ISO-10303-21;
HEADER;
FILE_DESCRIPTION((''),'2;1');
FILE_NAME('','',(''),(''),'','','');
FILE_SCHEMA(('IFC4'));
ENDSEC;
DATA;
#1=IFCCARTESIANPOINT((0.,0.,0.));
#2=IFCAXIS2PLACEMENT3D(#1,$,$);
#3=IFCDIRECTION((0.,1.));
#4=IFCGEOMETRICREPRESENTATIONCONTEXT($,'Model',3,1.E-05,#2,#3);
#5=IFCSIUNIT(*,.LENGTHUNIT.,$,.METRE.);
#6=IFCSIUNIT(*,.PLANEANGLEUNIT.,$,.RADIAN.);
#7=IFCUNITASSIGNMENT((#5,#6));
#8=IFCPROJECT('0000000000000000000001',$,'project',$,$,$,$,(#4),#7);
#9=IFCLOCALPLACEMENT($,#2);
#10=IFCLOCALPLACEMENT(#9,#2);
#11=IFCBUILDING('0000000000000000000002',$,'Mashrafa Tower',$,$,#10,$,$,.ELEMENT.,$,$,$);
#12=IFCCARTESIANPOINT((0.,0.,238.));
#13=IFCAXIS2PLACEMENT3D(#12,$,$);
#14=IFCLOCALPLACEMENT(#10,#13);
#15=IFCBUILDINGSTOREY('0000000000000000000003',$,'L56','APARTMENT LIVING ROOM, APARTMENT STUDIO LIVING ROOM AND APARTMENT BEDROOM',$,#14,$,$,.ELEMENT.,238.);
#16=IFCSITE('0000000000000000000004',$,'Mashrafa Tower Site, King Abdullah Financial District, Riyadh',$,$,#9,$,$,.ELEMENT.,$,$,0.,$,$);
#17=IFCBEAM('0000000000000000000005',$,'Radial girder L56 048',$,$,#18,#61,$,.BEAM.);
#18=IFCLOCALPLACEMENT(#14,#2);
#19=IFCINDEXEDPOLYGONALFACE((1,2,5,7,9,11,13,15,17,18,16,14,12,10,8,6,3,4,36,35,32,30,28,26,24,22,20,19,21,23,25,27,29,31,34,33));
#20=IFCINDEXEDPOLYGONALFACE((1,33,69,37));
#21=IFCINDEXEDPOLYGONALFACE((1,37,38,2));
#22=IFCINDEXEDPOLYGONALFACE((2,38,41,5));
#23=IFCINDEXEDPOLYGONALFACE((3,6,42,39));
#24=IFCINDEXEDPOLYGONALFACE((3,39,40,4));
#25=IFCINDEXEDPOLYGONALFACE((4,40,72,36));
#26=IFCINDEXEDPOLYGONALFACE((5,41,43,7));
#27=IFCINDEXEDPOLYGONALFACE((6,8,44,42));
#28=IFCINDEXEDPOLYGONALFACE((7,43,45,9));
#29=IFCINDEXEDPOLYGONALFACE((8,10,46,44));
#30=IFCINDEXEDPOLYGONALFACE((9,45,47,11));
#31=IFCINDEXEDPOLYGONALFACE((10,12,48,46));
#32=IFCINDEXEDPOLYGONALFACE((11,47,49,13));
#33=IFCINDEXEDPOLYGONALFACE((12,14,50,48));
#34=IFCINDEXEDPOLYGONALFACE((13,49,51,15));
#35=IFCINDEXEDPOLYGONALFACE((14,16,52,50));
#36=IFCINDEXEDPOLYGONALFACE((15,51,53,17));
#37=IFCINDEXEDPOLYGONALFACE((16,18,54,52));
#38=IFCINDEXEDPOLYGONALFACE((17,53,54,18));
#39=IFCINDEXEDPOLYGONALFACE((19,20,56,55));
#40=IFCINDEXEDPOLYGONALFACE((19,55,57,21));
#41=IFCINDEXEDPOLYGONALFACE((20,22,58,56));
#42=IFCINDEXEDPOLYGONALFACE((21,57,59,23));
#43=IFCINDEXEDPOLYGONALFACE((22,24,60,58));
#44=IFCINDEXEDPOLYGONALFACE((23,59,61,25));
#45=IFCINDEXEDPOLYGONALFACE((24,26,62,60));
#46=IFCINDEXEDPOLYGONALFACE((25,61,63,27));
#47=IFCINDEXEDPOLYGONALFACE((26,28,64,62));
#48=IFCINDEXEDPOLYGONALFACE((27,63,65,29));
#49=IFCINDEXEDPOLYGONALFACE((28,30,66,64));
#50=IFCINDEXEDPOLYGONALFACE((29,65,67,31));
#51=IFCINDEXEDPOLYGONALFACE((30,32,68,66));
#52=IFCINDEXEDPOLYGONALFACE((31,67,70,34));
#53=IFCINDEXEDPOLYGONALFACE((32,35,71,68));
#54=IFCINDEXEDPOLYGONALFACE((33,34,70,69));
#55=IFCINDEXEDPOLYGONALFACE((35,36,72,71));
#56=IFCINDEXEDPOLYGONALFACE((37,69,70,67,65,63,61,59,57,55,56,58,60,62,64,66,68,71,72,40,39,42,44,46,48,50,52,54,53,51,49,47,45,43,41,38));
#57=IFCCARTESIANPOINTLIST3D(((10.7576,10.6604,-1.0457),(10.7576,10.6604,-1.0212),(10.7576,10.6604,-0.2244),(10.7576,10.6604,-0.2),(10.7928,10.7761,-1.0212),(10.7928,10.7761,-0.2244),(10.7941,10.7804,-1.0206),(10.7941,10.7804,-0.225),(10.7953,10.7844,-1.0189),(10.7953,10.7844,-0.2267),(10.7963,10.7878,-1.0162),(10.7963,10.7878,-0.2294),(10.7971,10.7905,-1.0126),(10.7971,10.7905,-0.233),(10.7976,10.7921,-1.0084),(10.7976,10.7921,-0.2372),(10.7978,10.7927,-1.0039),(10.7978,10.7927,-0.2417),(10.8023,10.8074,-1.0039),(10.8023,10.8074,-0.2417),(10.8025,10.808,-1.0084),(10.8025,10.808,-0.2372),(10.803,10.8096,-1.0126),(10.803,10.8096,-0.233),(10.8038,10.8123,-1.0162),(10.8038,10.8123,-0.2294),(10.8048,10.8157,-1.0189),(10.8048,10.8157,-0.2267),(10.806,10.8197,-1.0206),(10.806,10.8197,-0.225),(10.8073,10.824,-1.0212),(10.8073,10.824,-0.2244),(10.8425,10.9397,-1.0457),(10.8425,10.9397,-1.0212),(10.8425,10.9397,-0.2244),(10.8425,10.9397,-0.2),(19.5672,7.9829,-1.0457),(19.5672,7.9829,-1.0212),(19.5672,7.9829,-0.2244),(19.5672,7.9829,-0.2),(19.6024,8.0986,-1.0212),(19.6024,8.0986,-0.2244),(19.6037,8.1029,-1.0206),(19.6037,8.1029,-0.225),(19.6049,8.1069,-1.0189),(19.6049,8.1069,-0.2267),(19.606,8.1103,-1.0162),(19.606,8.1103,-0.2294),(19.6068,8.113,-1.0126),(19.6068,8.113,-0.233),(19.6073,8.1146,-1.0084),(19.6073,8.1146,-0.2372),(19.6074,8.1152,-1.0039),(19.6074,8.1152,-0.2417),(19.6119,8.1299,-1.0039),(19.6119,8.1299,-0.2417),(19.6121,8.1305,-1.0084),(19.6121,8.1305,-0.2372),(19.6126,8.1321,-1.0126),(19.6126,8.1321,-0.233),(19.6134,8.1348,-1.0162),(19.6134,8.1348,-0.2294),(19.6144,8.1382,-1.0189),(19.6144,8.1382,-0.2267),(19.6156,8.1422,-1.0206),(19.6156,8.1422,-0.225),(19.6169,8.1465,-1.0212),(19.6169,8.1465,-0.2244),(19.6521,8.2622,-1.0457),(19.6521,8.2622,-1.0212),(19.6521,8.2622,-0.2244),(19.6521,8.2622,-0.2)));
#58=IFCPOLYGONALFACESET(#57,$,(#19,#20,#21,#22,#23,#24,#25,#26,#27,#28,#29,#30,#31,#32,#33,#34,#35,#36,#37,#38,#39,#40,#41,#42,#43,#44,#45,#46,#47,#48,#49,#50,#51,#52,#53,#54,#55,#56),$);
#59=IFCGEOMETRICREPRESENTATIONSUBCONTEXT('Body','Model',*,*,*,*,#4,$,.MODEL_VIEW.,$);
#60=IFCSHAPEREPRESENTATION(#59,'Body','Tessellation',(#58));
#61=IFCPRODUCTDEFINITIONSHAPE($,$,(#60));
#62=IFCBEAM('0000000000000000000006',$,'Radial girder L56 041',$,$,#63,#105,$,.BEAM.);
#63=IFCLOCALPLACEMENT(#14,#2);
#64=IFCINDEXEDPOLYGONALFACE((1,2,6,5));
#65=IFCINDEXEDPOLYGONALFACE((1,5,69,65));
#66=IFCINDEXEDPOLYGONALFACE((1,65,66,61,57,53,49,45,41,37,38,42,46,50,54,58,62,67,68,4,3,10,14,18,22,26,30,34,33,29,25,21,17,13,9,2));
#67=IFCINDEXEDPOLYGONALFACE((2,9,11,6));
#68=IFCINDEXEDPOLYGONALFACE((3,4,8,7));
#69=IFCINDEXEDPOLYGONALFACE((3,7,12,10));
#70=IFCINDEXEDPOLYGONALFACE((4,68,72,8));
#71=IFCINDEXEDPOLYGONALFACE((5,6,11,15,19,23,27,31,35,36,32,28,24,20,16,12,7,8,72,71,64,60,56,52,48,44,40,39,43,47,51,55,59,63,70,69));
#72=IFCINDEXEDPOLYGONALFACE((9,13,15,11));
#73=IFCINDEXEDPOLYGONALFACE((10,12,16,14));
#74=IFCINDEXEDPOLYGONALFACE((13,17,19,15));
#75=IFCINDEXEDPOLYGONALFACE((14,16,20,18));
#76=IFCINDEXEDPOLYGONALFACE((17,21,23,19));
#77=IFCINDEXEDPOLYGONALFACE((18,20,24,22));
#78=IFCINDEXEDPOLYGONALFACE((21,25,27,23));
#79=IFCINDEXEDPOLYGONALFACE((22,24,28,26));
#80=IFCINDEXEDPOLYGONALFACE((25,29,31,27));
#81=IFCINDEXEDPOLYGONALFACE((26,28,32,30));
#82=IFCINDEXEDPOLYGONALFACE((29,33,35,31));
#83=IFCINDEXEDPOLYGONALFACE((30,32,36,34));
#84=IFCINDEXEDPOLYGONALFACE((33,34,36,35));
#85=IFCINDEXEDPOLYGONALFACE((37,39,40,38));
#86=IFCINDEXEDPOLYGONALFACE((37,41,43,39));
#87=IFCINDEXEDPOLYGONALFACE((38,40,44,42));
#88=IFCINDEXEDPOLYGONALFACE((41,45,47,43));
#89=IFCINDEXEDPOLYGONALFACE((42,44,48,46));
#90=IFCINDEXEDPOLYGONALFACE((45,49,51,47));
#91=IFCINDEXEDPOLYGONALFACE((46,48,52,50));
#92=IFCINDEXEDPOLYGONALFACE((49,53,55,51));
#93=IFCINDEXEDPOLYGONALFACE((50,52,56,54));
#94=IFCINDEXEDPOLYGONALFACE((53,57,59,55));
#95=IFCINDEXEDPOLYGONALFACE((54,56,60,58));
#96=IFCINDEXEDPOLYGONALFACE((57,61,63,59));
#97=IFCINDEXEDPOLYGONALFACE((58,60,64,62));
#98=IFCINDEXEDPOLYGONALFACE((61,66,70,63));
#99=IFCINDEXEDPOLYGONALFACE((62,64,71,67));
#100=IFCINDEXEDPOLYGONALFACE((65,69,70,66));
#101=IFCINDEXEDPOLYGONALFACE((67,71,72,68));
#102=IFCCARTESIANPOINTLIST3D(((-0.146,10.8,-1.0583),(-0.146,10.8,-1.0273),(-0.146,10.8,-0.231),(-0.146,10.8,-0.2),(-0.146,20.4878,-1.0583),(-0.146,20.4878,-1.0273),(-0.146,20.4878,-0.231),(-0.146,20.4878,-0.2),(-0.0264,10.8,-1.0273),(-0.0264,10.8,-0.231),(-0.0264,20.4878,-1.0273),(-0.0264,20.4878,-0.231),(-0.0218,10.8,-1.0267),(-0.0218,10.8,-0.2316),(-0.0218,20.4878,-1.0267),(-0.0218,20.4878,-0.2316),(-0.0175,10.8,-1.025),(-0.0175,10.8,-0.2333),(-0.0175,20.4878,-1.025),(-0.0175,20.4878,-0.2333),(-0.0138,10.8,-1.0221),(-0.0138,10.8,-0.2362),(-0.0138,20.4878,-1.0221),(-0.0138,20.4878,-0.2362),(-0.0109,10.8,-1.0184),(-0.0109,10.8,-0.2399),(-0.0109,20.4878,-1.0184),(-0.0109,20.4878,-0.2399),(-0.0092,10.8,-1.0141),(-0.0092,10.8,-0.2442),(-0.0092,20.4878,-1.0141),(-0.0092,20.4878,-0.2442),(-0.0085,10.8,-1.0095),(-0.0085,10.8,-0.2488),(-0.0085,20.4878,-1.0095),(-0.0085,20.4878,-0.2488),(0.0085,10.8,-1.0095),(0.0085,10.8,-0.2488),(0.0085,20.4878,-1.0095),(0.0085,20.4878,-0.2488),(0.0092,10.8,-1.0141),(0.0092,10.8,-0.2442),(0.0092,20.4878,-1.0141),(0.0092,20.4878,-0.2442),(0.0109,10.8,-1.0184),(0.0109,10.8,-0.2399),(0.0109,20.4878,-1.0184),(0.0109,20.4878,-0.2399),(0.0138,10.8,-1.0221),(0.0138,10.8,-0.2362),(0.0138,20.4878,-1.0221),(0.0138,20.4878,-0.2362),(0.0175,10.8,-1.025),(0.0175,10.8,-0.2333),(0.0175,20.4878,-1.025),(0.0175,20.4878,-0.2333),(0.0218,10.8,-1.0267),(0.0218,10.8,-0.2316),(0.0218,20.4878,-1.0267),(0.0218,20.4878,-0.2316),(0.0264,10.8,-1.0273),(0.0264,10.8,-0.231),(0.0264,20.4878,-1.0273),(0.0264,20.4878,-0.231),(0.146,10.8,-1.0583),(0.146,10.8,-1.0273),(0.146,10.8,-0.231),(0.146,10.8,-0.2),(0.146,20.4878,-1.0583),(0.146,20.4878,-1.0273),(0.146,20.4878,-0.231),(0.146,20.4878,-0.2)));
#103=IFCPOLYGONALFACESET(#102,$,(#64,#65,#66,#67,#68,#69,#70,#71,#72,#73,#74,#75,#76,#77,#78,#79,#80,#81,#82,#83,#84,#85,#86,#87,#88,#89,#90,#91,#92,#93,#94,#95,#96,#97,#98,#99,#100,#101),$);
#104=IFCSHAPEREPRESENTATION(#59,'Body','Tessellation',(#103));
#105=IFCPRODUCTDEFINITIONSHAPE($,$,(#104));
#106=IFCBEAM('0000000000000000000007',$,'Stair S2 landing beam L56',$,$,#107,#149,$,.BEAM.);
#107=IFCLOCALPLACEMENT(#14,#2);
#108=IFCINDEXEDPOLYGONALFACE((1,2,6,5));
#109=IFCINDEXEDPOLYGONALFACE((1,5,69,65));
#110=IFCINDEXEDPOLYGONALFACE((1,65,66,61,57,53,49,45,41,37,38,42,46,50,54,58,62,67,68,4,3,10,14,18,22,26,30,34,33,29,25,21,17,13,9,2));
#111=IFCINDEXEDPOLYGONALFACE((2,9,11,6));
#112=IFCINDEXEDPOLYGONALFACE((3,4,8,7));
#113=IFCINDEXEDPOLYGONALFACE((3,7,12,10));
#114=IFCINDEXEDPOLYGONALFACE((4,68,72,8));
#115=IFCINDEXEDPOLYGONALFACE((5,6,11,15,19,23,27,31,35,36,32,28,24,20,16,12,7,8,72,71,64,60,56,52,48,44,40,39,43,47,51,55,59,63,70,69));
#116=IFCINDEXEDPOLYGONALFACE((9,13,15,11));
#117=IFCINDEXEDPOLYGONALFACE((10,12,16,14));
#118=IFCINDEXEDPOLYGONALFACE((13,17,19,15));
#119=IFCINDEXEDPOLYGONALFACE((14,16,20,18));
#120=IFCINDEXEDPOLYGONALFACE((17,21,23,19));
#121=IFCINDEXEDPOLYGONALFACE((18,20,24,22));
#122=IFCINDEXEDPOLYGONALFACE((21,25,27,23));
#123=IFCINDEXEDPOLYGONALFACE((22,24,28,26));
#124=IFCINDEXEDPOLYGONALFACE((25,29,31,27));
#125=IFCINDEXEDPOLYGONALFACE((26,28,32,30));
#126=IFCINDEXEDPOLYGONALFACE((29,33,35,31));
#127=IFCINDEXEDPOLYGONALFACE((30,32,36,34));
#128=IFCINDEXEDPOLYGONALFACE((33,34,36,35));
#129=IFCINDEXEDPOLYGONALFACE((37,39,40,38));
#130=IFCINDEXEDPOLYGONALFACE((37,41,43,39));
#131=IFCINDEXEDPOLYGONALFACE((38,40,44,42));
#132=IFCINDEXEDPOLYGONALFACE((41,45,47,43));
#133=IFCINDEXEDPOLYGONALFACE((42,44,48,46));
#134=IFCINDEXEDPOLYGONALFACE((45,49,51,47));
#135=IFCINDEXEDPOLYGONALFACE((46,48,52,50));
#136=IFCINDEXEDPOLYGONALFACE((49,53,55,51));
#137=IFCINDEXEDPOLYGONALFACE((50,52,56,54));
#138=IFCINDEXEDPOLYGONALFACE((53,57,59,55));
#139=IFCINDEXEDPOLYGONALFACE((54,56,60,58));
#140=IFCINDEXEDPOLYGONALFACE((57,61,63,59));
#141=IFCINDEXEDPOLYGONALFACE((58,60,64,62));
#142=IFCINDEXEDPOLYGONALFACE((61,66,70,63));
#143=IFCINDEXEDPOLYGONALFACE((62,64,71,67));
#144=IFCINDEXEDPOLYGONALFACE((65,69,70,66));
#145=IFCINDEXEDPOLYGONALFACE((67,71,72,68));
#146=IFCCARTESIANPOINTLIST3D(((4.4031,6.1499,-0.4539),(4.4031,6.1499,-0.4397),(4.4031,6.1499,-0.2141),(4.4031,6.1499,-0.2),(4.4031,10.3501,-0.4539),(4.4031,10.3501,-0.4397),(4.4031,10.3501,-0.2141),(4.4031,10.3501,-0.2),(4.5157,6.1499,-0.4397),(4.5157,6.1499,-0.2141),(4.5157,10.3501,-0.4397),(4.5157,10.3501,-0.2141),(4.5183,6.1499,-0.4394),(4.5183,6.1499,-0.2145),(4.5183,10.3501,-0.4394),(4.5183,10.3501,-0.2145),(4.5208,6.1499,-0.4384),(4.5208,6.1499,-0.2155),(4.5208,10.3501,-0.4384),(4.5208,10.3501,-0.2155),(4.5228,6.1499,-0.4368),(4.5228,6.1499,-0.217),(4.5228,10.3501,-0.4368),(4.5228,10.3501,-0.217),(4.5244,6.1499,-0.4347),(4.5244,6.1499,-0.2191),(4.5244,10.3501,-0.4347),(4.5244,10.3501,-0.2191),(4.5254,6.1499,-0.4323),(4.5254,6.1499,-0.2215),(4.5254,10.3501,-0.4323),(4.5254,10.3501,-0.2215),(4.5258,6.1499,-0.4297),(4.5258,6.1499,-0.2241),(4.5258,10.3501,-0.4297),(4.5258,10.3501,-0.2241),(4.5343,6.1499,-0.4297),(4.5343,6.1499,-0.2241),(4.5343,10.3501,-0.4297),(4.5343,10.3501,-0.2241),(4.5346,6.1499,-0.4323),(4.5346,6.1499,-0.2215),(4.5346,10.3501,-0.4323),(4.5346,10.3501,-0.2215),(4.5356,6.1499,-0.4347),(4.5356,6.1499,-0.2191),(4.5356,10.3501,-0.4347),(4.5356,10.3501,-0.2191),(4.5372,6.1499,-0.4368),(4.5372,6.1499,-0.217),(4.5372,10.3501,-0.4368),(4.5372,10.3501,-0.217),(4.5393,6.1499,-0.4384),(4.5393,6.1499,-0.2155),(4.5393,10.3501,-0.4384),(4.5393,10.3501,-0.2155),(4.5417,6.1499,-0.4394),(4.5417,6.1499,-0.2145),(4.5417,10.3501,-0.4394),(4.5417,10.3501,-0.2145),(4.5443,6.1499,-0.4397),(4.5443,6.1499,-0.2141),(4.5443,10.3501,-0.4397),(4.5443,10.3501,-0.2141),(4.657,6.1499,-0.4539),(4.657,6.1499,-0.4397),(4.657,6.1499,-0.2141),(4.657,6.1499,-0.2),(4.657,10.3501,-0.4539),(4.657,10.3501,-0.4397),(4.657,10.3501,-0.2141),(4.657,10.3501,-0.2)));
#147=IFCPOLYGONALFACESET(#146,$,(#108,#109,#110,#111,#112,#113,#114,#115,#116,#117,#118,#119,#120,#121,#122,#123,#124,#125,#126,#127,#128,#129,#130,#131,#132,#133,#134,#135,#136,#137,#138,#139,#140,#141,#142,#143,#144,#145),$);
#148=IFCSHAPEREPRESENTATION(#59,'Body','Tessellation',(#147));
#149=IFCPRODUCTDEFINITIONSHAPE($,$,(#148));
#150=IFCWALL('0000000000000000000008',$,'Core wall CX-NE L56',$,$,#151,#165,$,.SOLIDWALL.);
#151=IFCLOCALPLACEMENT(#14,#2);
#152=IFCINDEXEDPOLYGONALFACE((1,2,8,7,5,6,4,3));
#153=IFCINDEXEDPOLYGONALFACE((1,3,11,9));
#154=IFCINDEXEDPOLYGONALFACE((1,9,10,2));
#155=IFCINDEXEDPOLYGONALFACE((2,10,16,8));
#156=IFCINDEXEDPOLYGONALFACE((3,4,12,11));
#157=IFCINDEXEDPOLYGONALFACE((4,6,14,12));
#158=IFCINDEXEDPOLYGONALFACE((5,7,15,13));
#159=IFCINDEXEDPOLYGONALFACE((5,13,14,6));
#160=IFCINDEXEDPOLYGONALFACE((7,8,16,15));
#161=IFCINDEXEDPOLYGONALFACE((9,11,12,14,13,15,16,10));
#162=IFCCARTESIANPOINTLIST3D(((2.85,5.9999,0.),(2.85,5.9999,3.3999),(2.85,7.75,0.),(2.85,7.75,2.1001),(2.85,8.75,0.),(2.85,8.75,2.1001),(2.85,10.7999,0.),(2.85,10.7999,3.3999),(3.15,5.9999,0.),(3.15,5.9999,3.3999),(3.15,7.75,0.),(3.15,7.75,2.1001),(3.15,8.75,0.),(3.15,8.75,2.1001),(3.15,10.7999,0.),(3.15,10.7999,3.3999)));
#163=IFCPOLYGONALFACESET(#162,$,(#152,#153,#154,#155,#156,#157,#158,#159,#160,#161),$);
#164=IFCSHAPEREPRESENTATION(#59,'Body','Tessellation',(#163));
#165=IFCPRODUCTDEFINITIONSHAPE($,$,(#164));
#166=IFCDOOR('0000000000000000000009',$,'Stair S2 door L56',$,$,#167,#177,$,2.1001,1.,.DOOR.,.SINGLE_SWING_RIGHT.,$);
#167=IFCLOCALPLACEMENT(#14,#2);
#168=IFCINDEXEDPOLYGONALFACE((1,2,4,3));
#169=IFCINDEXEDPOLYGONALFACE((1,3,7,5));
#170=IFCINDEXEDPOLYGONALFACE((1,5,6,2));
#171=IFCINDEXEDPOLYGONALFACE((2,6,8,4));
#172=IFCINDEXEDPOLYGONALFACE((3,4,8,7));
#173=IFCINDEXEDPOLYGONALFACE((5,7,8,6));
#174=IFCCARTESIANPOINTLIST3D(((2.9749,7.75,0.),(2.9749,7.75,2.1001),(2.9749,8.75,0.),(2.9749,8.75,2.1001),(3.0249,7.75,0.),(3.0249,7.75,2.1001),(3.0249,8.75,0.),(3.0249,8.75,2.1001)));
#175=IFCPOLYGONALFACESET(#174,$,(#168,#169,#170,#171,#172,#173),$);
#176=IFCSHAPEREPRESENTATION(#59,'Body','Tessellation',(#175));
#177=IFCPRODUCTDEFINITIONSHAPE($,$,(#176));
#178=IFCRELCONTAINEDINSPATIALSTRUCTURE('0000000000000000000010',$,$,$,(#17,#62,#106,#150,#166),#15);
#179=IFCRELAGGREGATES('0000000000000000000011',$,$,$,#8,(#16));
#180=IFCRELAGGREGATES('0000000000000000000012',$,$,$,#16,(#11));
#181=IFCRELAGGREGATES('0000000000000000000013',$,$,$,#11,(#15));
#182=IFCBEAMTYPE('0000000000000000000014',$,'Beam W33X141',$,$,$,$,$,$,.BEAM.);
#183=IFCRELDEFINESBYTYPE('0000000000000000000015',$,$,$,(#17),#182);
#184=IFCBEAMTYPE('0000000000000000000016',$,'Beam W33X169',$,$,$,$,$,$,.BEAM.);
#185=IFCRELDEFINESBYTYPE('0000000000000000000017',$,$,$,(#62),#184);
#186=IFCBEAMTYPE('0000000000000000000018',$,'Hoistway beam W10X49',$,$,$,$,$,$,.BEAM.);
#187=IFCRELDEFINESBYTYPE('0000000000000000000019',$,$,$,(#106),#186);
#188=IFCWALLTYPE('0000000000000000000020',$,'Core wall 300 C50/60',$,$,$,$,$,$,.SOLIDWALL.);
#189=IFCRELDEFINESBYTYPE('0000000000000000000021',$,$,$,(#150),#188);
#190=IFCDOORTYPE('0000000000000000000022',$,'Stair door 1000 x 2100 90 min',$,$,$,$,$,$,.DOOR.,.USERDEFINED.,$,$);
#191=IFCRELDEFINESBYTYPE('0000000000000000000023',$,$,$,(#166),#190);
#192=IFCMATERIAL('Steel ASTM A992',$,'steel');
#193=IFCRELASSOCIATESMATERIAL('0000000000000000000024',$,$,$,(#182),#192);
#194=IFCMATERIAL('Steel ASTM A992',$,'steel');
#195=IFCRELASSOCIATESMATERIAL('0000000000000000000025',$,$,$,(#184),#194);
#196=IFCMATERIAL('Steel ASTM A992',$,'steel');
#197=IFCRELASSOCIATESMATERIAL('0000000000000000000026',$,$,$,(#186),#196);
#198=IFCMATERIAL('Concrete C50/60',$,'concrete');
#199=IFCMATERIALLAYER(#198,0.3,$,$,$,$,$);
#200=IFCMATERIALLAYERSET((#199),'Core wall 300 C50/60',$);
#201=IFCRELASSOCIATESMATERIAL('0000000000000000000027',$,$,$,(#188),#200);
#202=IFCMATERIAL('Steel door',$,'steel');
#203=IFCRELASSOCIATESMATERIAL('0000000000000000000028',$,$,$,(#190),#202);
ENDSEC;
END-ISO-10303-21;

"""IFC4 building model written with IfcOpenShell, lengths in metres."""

from ifc_helpers import new_model, si_unit, direction, frame, frame_2d, origin, origin_2d, place, context, subcontext, project, spatial, rectangle, i_section, extrude, material, layer, layer_set, material_profile, profile_set, type_object, element, fill, save


model = new_model("IFC4")

# Units and contexts
model_context = context("Model", 3, precision=1e-05, world=origin(), true_north=direction((0.0, 1.0)))
body_context = subcontext(model_context, "Body", "Model", "MODEL_VIEW")
ifc_project = project(units=[si_unit("LENGTHUNIT", "METRE"), si_unit("PLANEANGLEUNIT", "RADIAN")], contexts=[model_context])

# Site, building, storey
site_placement = place(None, origin())
site = spatial("IfcSite", under=ifc_project, at=site_placement, Name="Mashrafa Tower Site, King Abdullah Financial District, Riyadh", CompositionType="ELEMENT", RefElevation=0.0)
building_placement = place(site_placement, origin())
building = spatial("IfcBuilding", under=site, at=building_placement, Name="Mashrafa Tower", CompositionType="ELEMENT")
storey_placement = place(building_placement, frame((0.0, 0.0, 238.0)))
storey = spatial("IfcBuildingStorey", under=building, at=storey_placement, Name="L56", Description="APARTMENT LIVING ROOM, APARTMENT STUDIO LIVING ROOM AND APARTMENT BEDROOM", CompositionType="ELEMENT", Elevation=238.0)

# Beams
ifc_material_1 = material(Name="Steel ASTM A992", Category="steel")
ifc_material_profile_1 = material_profile(ifc_material_1, i_section(OverallWidth=0.292, OverallDepth=0.8457, WebThickness=0.0154, FlangeThickness=0.0244, FilletRadius=0.0173, at=origin_2d()), Name="W33X141")
ifc_profile_set_1 = profile_set([ifc_material_profile_1], Name="Steel ASTM A992")
beam_type_1 = type_object("IfcBeamType", Name="Beam W33X141", PredefinedType="BEAM", material=ifc_profile_set_1)
for number, where, z_axis, x_axis, name in (
    (1, (10.8, 10.8, -0.6228), (0.956785, -0.290795, 0.0), (0.290795, 0.956785, 0.0), "Radial girder L56 048"),
):
    element("IfcBeam", number, at=place(storey_placement, frame(where, z_axis=z_axis, x_axis=x_axis)), inside=storey, type_object=beam_type_1, Name=name, PredefinedType="BEAM", context=body_context, shape_type="SweptSolid", body=[
        extrude(i_section(OverallWidth=0.292, OverallDepth=0.8457, WebThickness=0.0154, FlangeThickness=0.0244, FilletRadius=0.0173, at=origin_2d()), origin(), (0.0, 0.0, 1.0), 9.2075),
    ])
ifc_material_2 = material(Name="Steel ASTM A992", Category="steel")
ifc_material_profile_2 = material_profile(ifc_material_2, i_section(OverallWidth=0.292, OverallDepth=0.8584, WebThickness=0.0171, FlangeThickness=0.031, FilletRadius=0.0178, at=origin_2d()), Name="W33X169")
ifc_profile_set_2 = profile_set([ifc_material_profile_2], Name="Steel ASTM A992")
beam_type_2 = type_object("IfcBeamType", Name="Beam W33X169", PredefinedType="BEAM", material=ifc_profile_set_2)
beam_1_placement = place(storey_placement, frame((0.0, 10.8, -0.6292), z_axis=(0.0, 1.0, 0.0), x_axis=(-1.0, 0.0, 0.0)))
element("IfcBeam", 2, at=beam_1_placement, inside=storey, type_object=beam_type_2, Name="Radial girder L56 041", PredefinedType="BEAM", context=body_context, shape_type="SweptSolid", body=[
    extrude(i_section(OverallWidth=0.292, OverallDepth=0.8584, WebThickness=0.0171, FlangeThickness=0.031, FilletRadius=0.0178, at=origin_2d()), origin(), (0.0, 0.0, 1.0), 9.6877),
])
ifc_material_3 = material(Name="Steel ASTM A992", Category="steel")
ifc_material_profile_3 = material_profile(ifc_material_3, i_section(OverallWidth=0.2539, OverallDepth=0.2539, WebThickness=0.0085, FlangeThickness=0.0142, FilletRadius=0.01, at=origin_2d()), Name="W10X49")
ifc_profile_set_3 = profile_set([ifc_material_profile_3], Name="Steel ASTM A992")
beam_type_3 = type_object("IfcBeamType", Name="Hoistway beam W10X49", PredefinedType="BEAM", material=ifc_profile_set_3)
beam_2_placement = place(storey_placement, frame((4.53, 6.1499, -0.3269), z_axis=(0.0, 1.0, 0.0), x_axis=(-1.0, 0.0, 0.0)))
element("IfcBeam", 3, at=beam_2_placement, inside=storey, type_object=beam_type_3, Name="Stair S2 landing beam L56", PredefinedType="BEAM", context=body_context, shape_type="SweptSolid", body=[
    extrude(i_section(OverallWidth=0.2539, OverallDepth=0.2539, WebThickness=0.0085, FlangeThickness=0.0142, FilletRadius=0.01, at=origin_2d()), origin(), (0.0, 0.0, 1.0), 4.2002),
])

# Wall, opening, door
ifc_material_4 = material(Name="Concrete C50/60", Category="concrete")
ifc_layer_1 = layer(ifc_material_4, 0.3)
ifc_layer_set_1 = layer_set([ifc_layer_1], Name="Core wall 300 C50/60")
wall_type_1 = type_object("IfcWallType", Name="Core wall 300 C50/60", PredefinedType="SOLIDWALL", material=ifc_layer_set_1)
wall_1_placement = place(storey_placement, frame((3.0, 6.0, 0.0), z_axis=(0.0, 0.0, 1.0), x_axis=(0.0, 1.0, 0.0)))
wall_1 = element("IfcWall", 4, at=wall_1_placement, inside=storey, type_object=wall_type_1, Name="Core wall CX-NE L56", PredefinedType="SOLIDWALL", context=body_context, shape_type="SweptSolid", body=[
    extrude(rectangle(XDim=4.8, YDim=0.3, at=frame_2d((2.3999, 0.0))), origin(), (0.0, 0.0, 1.0), 3.3999),
])
opening_1_placement = place(wall_1_placement, frame((1.75, 0.0, 0.0)))
opening_1 = element("IfcOpeningElement", 5, at=opening_1_placement, cuts=wall_1, PredefinedType="OPENING", context=body_context, shape_type="SweptSolid", body=[
    extrude(rectangle(XDim=1.0, YDim=2.1001, at=frame_2d((0.5, 1.05))), frame((0.0, 0.1599, 0.0), z_axis=(0.0, -1.0, 0.0), x_axis=(1.0, 0.0, 0.0)), (0.0, 0.0, 1.0), 0.3201),
])
ifc_material_5 = material(Name="Steel door", Category="steel")
door_type_1 = type_object("IfcDoorType", Name="Stair door 1000 x 2100 90 min", OperationType="USERDEFINED", PredefinedType="DOOR", material=ifc_material_5)
door_1_placement = place(opening_1_placement, frame((1.0, 0.0, 0.0), z_axis=(0.0, 0.0, 1.0), x_axis=(-1.0, 0.0, 0.0)))
door_1 = element("IfcDoor", 6, at=door_1_placement, inside=storey, type_object=door_type_1, Name="Stair S2 door L56", OperationType="SINGLE_SWING_RIGHT", OverallHeight=2.1001, OverallWidth=1.0, PredefinedType="DOOR", context=body_context, shape_type="SweptSolid", body=[
    extrude(rectangle(XDim=1.0, YDim=2.1001, at=frame_2d((0.5, 1.05))), frame((0.0, 0.0249, 0.0), z_axis=(0.0, -1.0, 0.0), x_axis=(1.0, 0.0, 0.0)), (0.0, 0.0, 1.0), 0.05),
])
fill(opening_1, door_1)

save(model, "model.ifc")
